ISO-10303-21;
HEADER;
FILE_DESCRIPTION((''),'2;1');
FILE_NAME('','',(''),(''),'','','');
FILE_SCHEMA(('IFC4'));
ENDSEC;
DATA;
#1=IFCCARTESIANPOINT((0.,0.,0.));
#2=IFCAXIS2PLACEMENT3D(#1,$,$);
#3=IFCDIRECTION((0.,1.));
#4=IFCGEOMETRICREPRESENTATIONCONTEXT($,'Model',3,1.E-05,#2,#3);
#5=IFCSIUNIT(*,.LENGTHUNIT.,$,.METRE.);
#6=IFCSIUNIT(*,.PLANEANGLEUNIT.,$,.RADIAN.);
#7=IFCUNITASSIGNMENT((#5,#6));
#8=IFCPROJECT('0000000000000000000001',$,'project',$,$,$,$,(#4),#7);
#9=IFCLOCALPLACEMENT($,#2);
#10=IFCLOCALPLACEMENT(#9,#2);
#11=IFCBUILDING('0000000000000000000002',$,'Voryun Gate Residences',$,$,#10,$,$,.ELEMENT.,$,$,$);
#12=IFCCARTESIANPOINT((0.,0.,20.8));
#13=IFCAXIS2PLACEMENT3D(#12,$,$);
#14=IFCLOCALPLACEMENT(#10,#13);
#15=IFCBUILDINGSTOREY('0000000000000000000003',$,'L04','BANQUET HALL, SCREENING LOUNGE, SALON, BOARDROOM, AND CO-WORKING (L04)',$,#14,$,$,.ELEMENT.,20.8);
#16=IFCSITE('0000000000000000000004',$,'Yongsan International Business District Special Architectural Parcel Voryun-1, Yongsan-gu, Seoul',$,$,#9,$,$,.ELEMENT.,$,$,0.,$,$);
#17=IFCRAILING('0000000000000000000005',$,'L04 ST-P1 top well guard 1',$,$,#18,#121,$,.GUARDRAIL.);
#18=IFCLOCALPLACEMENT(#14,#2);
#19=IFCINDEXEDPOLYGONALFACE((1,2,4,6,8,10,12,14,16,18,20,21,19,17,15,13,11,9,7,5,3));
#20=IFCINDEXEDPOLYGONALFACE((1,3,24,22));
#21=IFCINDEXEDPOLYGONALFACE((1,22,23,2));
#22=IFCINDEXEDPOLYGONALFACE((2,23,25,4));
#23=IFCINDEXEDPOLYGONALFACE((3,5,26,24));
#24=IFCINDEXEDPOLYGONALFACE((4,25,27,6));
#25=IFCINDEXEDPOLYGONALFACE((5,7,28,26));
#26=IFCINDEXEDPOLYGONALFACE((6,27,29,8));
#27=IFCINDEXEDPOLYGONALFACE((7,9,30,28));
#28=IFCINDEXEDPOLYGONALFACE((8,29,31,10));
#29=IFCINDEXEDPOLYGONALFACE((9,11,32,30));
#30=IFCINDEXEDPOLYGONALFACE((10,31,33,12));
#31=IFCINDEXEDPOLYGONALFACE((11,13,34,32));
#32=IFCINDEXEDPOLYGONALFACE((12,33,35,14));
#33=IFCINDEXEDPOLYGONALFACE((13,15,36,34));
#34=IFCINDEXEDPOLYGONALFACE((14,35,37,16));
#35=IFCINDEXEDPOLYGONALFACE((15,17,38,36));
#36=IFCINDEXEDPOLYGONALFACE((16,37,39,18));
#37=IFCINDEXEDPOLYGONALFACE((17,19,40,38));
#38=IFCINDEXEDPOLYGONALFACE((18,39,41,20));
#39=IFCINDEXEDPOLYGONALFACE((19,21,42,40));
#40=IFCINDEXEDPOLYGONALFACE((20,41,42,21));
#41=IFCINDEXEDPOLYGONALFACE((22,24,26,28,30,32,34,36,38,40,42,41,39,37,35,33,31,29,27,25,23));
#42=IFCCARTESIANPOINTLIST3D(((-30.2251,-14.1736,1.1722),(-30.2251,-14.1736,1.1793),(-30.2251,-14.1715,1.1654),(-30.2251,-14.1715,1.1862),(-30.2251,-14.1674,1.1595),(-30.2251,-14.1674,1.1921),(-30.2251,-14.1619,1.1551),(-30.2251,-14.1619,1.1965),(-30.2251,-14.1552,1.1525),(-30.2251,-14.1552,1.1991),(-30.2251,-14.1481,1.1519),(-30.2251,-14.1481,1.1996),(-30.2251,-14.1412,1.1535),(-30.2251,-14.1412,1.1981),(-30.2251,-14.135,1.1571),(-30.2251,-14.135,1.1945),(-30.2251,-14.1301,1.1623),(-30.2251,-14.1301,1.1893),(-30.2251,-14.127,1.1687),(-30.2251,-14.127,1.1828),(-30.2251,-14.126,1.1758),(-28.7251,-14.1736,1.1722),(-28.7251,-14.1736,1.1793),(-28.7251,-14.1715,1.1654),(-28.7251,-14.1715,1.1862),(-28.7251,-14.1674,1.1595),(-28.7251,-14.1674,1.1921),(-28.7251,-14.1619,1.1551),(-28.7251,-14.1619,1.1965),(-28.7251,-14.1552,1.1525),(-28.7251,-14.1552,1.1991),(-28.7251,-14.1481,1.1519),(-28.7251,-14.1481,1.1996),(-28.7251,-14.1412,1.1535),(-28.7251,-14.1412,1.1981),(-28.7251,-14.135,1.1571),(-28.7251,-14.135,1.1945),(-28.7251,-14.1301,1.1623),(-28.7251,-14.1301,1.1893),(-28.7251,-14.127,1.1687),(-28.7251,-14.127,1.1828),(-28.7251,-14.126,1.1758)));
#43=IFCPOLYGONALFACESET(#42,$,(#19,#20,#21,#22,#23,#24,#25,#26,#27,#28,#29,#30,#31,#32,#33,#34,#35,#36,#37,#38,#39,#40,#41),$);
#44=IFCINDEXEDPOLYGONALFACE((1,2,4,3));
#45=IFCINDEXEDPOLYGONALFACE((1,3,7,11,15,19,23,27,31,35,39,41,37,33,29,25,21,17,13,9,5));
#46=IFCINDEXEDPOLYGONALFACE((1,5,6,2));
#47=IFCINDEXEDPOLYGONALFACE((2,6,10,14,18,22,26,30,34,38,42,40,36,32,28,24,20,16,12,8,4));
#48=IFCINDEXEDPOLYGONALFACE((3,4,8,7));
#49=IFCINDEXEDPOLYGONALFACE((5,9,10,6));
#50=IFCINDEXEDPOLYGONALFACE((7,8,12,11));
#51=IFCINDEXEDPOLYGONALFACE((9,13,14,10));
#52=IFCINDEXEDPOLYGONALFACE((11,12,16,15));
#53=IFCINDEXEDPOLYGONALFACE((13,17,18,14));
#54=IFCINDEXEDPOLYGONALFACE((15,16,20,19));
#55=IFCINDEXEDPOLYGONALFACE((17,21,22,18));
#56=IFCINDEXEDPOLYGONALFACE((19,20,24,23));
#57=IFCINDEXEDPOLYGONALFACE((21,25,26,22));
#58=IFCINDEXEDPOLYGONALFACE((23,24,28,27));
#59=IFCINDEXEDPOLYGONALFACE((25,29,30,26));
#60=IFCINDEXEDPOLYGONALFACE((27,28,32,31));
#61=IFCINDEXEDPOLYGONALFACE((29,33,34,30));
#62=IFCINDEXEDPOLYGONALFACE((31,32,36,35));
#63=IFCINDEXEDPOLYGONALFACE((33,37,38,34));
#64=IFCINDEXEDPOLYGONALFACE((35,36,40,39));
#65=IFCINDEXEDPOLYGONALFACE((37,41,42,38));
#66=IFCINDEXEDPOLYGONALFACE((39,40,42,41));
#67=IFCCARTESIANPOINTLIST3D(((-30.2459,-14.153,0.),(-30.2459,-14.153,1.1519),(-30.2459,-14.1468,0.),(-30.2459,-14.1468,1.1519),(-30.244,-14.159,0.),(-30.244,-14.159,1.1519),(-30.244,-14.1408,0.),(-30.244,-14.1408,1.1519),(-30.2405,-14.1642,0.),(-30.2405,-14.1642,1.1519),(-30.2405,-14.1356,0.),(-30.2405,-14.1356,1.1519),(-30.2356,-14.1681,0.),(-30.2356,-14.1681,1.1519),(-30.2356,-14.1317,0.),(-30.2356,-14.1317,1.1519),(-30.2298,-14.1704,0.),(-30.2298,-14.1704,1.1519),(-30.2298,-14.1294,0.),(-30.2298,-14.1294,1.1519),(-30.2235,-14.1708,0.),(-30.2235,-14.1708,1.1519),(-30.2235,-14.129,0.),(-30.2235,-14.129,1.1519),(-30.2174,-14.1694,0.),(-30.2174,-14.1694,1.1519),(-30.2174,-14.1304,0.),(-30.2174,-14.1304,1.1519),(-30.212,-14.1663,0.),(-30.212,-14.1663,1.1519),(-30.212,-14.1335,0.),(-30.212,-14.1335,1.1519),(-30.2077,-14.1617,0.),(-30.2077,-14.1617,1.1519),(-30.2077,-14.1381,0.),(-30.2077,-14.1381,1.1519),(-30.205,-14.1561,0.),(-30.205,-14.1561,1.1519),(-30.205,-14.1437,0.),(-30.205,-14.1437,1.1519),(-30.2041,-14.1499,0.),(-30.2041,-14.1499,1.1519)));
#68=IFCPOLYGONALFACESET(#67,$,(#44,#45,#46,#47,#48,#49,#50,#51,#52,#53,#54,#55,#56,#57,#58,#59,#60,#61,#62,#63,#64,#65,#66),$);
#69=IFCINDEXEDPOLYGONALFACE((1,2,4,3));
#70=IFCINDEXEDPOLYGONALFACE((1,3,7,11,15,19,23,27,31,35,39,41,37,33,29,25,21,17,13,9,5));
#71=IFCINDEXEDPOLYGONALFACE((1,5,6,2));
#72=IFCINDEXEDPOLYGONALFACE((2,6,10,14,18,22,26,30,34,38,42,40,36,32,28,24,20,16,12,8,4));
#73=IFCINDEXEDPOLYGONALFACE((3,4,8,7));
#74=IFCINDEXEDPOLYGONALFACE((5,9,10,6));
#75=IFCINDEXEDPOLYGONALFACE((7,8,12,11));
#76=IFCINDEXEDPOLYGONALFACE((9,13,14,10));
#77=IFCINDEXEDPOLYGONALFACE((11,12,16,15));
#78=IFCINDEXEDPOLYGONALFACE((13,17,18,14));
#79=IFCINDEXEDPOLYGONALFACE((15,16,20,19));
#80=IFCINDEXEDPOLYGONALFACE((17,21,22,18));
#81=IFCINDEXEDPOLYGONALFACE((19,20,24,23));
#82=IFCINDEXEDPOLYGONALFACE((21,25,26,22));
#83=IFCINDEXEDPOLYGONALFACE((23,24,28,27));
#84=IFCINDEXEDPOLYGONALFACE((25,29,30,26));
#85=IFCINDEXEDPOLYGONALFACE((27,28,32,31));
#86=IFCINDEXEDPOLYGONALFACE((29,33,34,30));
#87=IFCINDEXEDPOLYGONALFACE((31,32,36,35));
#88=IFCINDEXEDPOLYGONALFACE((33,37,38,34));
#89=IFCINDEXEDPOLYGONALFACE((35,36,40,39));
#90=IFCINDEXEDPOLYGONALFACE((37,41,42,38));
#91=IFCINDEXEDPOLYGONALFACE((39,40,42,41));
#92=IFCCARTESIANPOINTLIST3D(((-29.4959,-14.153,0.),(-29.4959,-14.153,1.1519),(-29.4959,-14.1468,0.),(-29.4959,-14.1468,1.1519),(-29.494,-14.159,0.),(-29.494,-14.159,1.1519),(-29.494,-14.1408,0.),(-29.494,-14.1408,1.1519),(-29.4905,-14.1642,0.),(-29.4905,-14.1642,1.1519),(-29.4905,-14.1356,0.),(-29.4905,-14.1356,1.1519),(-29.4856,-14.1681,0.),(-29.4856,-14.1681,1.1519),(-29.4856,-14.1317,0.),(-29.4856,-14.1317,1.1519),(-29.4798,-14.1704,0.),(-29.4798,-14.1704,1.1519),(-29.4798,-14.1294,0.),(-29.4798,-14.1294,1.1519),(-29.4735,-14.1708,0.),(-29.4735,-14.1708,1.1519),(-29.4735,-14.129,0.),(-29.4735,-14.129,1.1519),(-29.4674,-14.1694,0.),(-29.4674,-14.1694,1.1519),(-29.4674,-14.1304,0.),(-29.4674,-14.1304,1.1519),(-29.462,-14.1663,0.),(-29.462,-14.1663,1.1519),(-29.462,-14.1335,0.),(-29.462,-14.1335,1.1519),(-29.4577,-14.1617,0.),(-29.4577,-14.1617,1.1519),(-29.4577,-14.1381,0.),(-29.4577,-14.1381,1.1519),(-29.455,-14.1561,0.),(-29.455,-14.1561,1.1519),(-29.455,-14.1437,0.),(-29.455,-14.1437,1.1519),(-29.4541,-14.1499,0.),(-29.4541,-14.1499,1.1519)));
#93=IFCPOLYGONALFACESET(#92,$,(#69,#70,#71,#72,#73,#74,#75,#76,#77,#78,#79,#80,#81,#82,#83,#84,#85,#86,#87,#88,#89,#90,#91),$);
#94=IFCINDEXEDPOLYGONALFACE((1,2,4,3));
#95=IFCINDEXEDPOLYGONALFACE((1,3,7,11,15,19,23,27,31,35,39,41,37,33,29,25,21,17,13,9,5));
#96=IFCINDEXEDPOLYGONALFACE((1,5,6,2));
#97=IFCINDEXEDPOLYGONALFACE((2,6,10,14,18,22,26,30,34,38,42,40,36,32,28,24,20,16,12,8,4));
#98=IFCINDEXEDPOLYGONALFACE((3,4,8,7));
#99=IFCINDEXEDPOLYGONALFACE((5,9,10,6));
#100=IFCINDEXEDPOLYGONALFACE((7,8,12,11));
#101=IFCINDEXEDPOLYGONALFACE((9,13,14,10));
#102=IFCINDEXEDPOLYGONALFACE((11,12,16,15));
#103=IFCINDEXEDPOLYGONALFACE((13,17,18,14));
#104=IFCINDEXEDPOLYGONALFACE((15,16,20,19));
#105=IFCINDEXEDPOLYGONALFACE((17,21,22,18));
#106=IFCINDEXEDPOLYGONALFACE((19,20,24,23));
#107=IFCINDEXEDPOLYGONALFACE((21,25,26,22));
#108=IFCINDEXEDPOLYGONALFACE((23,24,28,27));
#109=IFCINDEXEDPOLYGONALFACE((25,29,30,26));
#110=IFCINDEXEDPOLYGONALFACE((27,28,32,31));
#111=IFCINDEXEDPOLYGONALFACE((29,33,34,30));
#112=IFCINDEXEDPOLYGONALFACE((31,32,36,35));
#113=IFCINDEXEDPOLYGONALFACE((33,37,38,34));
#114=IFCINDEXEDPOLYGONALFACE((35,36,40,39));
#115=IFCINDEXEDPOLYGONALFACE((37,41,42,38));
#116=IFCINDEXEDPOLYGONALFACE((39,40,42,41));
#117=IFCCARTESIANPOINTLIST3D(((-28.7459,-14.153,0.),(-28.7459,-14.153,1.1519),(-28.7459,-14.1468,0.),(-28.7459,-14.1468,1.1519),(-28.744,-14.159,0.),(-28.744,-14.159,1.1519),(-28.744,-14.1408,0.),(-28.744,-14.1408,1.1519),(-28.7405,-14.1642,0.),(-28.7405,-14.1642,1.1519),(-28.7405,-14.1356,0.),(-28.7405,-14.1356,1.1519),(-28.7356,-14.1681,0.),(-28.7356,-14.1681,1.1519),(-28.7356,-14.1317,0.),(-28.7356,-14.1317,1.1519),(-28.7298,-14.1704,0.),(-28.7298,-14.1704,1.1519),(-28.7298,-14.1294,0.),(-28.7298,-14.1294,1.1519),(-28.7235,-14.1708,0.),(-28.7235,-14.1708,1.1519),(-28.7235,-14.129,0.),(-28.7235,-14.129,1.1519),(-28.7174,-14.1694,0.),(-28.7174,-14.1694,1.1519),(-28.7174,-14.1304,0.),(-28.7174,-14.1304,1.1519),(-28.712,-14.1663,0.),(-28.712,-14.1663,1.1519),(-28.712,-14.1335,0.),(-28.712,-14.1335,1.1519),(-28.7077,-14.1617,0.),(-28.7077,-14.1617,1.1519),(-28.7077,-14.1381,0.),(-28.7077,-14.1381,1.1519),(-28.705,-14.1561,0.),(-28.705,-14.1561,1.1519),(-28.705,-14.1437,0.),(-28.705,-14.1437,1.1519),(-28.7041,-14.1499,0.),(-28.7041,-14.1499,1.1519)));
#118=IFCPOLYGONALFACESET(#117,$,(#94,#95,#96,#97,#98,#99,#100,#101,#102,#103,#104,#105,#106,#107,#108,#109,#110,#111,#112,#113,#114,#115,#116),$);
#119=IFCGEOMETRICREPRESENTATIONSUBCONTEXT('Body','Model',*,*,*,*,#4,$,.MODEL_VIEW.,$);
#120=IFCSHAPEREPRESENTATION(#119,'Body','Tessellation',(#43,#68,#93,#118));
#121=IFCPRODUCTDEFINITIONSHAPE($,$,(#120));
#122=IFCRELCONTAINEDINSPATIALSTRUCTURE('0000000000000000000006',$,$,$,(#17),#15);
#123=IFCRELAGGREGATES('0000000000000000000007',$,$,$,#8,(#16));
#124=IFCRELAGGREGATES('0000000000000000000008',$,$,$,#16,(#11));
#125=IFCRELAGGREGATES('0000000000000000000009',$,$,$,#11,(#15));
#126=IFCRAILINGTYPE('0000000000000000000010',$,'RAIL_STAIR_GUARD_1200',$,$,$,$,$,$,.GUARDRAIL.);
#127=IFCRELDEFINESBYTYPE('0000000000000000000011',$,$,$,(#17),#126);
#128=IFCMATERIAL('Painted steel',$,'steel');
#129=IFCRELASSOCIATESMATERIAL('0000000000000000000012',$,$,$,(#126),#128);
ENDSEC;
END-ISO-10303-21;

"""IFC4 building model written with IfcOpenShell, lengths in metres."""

from ifc_helpers import new_model, si_unit, direction, frame, origin, origin_2d, place, context, subcontext, project, spatial, circle, extrude, material, type_object, element, save


model = new_model("IFC4")

# Units and contexts
model_context = context("Model", 3, precision=1e-05, world=origin(), true_north=direction((0.0, 1.0)))
body_context = subcontext(model_context, "Body", "Model", "MODEL_VIEW")
ifc_project = project(units=[si_unit("LENGTHUNIT", "METRE"), si_unit("PLANEANGLEUNIT", "RADIAN")], contexts=[model_context])

# Site, building, storey
site_placement = place(None, origin())
site = spatial("IfcSite", under=ifc_project, at=site_placement, Name="Yongsan International Business District Special Architectural Parcel Voryun-1, Yongsan-gu, Seoul", CompositionType="ELEMENT", RefElevation=0.0)
building_placement = place(site_placement, origin())
building = spatial("IfcBuilding", under=site, at=building_placement, Name="Voryun Gate Residences", CompositionType="ELEMENT")
storey_placement = place(building_placement, frame((0.0, 0.0, 20.8)))
storey = spatial("IfcBuildingStorey", under=building, at=storey_placement, Name="L04", Description="BANQUET HALL, SCREENING LOUNGE, SALON, BOARDROOM, AND CO-WORKING (L04)", CompositionType="ELEMENT", Elevation=20.8)

# Railing
ifc_material_1 = material(Name="Painted steel", Category="steel")
railing_type = type_object("IfcRailingType", Name="RAIL_STAIR_GUARD_1200", PredefinedType="GUARDRAIL", material=ifc_material_1)
railing_1_placement = place(storey_placement, frame((-30.2251, -14.1499, 0.0)))
element("IfcRailing", 1, at=railing_1_placement, inside=storey, type_object=railing_type, Name="L04 ST-P1 top well guard 1", PredefinedType="GUARDRAIL", context=body_context, shape_type="SweptSolid", body=[
    extrude(circle(Radius=0.0239, at=origin_2d()), frame((0.0, 0.0, 1.1758), z_axis=(1.0, 0.0, 0.0), x_axis=(0.0, 1.0, 0.0)), (0.0, 0.0, 1.0), 1.5),
    extrude(circle(Radius=0.021, at=origin_2d()), origin(), (0.0, 0.0, 1.0), 1.1519),
    extrude(circle(Radius=0.021, at=origin_2d()), frame((0.75, 0.0, 0.0)), (0.0, 0.0, 1.0), 1.1519),
    extrude(circle(Radius=0.021, at=origin_2d()), frame((1.5, 0.0, 0.0)), (0.0, 0.0, 1.0), 1.1519),
])

save(model, "model.ifc")
